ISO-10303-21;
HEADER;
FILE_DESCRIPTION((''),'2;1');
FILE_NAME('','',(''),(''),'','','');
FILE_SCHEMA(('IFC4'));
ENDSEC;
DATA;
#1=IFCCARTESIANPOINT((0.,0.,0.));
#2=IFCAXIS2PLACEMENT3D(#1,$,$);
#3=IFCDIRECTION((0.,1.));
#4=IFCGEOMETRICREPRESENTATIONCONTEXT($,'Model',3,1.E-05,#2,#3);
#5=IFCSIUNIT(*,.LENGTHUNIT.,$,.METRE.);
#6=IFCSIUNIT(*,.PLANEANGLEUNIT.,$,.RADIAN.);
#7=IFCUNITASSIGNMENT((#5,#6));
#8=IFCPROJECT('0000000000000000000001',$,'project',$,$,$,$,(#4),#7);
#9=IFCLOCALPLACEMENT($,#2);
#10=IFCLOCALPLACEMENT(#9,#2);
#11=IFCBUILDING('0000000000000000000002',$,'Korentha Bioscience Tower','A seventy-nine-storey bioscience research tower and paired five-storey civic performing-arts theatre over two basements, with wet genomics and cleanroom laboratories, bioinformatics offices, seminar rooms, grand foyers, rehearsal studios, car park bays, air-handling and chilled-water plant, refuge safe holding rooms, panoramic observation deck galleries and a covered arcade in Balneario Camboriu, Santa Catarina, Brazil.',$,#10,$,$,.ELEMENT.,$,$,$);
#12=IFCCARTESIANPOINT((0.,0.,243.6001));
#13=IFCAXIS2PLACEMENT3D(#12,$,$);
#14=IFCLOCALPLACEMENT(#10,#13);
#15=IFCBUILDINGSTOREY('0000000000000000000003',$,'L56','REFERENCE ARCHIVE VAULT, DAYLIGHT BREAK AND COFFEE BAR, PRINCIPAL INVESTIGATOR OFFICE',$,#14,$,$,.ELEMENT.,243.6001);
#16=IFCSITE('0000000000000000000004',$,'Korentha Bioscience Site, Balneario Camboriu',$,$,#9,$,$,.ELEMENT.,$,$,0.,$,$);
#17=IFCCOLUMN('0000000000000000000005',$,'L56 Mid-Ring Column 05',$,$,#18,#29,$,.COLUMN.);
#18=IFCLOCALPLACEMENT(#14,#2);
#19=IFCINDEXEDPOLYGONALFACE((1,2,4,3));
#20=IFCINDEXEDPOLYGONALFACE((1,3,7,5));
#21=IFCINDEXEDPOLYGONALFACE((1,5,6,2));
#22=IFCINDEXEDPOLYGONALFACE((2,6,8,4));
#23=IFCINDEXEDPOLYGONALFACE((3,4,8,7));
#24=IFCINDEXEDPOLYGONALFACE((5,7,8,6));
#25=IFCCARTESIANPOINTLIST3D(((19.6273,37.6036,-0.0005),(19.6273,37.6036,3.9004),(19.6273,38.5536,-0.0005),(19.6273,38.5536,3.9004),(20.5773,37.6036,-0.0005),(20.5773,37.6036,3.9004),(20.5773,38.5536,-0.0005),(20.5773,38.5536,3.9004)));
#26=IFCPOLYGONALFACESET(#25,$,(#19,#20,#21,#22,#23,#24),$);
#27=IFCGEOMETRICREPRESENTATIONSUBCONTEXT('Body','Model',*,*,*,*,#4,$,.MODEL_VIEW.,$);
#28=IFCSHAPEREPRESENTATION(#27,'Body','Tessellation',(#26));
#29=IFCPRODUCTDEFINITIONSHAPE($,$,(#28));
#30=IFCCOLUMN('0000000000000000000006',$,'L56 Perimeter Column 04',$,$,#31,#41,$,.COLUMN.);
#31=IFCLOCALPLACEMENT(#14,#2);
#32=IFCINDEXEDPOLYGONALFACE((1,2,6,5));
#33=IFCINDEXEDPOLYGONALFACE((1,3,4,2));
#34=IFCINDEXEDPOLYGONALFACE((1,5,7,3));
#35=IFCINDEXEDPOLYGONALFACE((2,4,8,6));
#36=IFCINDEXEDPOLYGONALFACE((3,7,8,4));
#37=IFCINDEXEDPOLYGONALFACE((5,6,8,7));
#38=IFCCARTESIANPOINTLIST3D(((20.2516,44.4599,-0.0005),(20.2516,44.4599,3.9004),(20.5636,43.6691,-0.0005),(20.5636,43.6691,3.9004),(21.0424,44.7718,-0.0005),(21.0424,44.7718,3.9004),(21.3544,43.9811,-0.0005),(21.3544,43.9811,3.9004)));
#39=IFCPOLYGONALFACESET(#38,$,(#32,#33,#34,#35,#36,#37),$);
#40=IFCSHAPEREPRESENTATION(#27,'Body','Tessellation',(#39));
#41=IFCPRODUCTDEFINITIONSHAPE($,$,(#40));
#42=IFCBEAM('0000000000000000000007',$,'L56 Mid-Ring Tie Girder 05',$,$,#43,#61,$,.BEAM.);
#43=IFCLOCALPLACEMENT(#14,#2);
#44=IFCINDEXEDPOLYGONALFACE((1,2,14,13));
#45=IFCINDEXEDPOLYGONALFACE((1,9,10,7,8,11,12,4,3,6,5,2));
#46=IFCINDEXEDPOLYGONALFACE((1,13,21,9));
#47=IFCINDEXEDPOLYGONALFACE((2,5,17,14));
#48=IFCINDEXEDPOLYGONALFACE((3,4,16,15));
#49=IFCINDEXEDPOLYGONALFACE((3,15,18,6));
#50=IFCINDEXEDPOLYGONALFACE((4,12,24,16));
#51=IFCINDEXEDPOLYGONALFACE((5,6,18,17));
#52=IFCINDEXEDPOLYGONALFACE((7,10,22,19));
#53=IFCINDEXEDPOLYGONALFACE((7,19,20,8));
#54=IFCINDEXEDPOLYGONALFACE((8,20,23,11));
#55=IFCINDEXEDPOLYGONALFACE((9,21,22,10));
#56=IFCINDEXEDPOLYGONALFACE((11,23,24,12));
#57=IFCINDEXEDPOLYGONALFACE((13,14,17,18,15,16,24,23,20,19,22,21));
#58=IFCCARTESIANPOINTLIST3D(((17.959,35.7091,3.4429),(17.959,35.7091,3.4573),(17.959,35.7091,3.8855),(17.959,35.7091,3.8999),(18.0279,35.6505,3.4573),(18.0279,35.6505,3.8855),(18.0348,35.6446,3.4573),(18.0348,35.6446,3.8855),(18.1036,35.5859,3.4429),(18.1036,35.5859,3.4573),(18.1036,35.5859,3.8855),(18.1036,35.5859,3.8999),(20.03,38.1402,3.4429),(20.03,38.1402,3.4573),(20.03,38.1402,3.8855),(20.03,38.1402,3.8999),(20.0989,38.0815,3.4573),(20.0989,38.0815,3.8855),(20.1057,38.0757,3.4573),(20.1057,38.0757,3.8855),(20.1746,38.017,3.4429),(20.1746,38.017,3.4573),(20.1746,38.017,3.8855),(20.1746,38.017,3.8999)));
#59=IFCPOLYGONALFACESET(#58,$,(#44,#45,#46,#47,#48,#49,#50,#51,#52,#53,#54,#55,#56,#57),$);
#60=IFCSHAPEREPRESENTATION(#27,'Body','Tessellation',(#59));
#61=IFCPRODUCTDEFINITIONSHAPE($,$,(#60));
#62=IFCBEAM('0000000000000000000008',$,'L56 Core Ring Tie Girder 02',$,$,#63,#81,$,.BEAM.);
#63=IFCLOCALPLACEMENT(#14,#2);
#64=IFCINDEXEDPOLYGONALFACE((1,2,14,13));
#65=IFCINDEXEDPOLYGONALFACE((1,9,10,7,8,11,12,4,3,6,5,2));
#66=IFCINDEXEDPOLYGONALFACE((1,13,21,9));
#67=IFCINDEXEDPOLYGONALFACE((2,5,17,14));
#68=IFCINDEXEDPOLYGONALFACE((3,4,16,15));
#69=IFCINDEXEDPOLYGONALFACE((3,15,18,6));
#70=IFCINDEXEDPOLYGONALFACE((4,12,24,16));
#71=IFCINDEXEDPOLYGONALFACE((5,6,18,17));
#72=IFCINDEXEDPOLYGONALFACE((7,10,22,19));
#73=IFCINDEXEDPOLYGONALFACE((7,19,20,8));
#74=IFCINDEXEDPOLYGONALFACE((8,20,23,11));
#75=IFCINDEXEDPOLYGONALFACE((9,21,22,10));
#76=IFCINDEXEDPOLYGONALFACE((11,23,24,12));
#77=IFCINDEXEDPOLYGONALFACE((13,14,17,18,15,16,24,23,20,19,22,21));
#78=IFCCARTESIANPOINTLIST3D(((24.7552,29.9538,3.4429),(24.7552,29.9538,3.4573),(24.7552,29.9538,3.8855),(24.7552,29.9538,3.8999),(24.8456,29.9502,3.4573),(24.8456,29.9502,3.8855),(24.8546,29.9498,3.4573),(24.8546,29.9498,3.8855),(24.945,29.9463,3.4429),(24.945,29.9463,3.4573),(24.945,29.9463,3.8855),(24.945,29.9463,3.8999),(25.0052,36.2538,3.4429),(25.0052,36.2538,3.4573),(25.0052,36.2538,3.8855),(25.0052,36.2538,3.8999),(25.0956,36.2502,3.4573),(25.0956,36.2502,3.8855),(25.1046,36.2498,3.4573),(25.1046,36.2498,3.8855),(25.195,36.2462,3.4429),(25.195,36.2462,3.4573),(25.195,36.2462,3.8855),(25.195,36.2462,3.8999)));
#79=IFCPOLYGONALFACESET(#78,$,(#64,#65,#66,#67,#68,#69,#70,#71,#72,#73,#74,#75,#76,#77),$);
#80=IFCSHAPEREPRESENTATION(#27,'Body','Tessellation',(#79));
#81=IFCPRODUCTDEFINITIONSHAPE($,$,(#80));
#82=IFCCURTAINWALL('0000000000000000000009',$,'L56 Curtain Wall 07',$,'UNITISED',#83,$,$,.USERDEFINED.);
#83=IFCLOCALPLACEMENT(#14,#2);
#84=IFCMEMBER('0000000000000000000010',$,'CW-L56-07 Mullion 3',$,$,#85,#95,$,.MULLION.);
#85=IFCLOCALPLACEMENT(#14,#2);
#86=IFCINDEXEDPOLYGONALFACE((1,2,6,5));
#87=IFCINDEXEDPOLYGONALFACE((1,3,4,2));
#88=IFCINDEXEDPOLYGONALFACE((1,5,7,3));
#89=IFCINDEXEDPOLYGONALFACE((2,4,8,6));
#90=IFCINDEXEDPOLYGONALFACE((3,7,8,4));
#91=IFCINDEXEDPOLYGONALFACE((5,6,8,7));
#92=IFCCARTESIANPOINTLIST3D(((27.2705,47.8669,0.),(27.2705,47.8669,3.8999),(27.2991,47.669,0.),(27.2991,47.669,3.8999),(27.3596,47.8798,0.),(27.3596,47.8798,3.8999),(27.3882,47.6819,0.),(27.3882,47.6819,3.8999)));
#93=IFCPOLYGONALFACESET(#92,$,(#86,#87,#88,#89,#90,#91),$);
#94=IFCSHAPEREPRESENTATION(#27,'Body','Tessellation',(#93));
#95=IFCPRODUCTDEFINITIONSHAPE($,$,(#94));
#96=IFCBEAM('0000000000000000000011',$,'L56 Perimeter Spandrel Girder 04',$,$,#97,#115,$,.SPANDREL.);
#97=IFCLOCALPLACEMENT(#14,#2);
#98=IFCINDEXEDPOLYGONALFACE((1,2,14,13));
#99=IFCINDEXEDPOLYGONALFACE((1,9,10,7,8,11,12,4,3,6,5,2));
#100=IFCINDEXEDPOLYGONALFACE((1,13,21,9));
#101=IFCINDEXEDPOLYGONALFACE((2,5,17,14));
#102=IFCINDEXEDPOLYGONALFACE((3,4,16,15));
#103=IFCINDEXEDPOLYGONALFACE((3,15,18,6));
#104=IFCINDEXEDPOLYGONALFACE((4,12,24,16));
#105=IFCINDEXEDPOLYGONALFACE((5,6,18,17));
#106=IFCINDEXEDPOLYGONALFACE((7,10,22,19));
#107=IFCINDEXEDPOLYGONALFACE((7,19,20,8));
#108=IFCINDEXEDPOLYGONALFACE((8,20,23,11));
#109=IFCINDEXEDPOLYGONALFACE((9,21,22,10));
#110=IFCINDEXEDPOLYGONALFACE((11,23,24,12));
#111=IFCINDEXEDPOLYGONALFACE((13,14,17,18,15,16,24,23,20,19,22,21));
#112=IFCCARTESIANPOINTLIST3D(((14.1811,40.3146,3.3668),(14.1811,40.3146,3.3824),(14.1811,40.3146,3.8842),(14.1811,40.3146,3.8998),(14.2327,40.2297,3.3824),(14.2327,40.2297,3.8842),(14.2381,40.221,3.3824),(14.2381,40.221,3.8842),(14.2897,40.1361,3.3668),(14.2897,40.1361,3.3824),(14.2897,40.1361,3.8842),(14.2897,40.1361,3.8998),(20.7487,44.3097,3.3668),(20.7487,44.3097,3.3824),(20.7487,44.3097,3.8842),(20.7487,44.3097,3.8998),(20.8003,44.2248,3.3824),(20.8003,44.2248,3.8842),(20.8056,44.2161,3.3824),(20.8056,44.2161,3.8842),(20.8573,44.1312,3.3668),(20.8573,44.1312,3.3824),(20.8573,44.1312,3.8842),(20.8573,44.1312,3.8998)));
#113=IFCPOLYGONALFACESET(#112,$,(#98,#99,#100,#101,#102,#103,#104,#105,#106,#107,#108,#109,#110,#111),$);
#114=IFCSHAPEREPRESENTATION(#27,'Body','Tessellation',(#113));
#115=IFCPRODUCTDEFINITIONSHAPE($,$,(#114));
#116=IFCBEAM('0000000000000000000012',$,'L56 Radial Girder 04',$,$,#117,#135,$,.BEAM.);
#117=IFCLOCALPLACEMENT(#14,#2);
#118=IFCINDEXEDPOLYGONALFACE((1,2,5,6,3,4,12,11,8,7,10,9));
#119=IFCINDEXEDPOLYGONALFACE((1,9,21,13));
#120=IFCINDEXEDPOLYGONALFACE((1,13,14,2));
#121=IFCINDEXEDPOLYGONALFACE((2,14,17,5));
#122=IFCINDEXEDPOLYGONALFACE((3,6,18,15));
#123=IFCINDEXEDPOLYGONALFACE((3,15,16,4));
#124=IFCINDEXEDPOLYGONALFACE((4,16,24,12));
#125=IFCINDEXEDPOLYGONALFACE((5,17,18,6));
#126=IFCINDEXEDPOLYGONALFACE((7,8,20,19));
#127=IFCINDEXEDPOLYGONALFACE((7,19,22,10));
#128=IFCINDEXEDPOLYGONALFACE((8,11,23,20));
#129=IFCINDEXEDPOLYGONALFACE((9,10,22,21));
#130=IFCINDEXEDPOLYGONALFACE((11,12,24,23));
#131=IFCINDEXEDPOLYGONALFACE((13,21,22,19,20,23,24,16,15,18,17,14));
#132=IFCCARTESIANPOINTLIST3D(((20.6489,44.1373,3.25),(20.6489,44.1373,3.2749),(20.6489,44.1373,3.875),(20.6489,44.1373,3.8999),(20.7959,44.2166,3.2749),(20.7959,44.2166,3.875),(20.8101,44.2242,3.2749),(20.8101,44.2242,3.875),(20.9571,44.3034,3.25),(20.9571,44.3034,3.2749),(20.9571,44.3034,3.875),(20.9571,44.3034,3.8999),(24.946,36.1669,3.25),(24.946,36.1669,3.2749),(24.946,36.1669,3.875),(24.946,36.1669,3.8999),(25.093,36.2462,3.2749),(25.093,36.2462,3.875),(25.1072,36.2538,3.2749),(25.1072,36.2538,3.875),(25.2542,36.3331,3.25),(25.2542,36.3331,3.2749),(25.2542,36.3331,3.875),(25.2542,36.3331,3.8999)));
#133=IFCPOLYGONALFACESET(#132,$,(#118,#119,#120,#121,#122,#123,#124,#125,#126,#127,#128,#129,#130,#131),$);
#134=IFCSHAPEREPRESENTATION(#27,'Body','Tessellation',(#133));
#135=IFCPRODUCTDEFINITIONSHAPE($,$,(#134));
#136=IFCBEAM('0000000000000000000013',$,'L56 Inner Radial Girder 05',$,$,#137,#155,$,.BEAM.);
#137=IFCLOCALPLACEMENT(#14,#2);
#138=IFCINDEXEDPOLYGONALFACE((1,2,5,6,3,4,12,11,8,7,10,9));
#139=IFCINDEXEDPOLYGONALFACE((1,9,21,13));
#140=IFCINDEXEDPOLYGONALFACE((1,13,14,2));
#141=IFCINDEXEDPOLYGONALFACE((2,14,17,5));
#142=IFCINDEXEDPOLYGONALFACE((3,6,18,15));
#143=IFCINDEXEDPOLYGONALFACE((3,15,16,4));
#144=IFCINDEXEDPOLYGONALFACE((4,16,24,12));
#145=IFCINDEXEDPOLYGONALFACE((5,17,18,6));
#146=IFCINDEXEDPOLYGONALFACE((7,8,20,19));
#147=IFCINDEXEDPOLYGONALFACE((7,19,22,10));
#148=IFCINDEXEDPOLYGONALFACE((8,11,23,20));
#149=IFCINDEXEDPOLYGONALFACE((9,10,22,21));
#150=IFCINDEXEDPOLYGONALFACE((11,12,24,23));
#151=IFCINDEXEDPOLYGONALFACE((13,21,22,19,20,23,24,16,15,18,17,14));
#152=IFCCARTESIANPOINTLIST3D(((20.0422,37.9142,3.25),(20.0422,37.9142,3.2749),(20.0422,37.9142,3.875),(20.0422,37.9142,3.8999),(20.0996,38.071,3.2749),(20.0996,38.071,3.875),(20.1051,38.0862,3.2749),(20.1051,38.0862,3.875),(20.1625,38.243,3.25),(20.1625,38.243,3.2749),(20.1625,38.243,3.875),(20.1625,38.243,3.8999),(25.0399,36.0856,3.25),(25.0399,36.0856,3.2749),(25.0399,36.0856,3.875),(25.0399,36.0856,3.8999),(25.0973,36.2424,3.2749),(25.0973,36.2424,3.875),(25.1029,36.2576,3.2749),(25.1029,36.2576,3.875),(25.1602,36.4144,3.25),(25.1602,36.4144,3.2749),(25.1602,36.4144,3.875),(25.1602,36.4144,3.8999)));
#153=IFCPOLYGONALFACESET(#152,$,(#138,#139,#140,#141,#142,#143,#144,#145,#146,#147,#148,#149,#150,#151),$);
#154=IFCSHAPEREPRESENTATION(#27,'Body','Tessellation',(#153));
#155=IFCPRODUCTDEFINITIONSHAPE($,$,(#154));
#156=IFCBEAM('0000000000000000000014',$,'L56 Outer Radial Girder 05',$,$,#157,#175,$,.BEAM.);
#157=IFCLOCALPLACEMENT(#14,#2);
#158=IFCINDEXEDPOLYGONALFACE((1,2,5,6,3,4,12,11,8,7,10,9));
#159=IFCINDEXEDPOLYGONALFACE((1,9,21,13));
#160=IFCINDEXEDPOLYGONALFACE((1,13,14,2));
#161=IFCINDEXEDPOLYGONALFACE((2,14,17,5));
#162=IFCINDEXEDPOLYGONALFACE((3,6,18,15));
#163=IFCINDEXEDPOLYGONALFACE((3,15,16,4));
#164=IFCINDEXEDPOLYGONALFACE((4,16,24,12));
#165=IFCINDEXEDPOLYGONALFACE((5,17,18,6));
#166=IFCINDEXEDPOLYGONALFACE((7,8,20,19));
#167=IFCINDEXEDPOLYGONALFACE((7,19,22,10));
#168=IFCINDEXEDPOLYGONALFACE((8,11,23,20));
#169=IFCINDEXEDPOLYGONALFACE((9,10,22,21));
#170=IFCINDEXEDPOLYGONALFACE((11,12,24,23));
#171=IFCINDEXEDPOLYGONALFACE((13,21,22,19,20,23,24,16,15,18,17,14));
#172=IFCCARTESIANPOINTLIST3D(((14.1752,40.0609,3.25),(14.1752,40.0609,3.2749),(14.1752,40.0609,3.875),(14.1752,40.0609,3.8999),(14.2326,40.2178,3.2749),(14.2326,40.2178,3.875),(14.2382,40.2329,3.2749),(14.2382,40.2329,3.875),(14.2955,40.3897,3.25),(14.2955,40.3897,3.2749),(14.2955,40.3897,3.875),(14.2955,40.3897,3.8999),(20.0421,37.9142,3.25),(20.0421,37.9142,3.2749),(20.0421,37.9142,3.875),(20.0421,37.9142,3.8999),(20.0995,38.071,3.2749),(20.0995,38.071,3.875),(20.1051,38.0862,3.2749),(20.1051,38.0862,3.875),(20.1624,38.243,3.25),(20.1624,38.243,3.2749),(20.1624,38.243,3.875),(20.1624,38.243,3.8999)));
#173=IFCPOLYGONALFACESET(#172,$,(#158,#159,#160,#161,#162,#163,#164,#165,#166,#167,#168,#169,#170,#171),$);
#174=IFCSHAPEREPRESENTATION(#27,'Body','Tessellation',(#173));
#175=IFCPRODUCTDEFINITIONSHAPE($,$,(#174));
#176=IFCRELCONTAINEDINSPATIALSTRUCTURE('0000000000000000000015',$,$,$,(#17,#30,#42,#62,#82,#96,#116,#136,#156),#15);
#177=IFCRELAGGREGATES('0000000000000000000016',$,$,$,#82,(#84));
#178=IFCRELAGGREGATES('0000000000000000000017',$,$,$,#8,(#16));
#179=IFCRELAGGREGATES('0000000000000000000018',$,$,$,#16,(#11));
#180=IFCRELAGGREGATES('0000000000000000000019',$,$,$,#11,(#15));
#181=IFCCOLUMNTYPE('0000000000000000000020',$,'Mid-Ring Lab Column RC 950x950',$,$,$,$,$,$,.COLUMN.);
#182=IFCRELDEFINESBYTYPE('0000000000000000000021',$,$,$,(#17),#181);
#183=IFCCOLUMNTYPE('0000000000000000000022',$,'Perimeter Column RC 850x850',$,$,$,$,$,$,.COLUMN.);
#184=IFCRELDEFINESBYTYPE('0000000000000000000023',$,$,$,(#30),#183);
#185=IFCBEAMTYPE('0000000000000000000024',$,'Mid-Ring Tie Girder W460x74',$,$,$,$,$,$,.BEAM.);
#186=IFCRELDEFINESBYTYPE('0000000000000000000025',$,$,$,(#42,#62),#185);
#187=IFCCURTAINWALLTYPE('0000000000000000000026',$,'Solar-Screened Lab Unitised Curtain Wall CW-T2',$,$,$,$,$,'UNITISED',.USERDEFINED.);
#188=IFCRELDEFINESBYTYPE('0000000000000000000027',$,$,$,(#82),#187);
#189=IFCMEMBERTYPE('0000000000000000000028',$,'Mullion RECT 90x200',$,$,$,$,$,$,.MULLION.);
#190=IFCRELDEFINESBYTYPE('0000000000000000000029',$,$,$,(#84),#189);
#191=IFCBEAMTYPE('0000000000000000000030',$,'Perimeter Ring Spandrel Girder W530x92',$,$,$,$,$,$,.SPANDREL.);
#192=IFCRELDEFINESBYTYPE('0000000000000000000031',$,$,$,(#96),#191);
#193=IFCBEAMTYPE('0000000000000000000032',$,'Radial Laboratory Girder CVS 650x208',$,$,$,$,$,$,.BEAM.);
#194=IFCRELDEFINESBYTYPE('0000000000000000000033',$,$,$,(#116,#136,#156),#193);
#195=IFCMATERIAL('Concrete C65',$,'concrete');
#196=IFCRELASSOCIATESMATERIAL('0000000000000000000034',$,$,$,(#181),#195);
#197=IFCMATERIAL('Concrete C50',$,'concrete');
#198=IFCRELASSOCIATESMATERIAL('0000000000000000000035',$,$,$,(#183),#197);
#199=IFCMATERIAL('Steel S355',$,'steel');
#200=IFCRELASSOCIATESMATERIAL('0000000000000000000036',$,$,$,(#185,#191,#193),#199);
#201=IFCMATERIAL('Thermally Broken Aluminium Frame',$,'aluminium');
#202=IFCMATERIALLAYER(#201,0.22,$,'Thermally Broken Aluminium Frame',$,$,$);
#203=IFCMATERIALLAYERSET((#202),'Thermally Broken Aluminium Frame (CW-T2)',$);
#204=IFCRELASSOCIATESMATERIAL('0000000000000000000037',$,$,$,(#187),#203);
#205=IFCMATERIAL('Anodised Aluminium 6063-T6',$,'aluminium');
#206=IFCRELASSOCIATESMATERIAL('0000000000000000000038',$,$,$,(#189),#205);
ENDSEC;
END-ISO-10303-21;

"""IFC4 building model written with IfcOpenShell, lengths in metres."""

from ifc_helpers import new_model, si_unit, direction, frame, origin, origin_2d, place, context, subcontext, project, spatial, rectangle, i_section, extrude, material, layer, layer_set, material_profile, profile_set, type_object, element, aggregate, save


model = new_model("IFC4")

# Units and contexts
model_context = context("Model", 3, precision=1e-05, world=origin(), true_north=direction((0.0, 1.0)))
body_context = subcontext(model_context, "Body", "Model", "MODEL_VIEW")
ifc_project = project(units=[si_unit("LENGTHUNIT", "METRE"), si_unit("PLANEANGLEUNIT", "RADIAN")], contexts=[model_context])

# Site, building, storey
site_placement = place(None, origin())
site = spatial("IfcSite", under=ifc_project, at=site_placement, Name="Korentha Bioscience Site, Balneario Camboriu", CompositionType="ELEMENT", RefElevation=0.0)
building_placement = place(site_placement, origin())
building = spatial("IfcBuilding", under=site, at=building_placement, Name="Korentha Bioscience Tower", Description="A seventy-nine-storey bioscience research tower and paired five-storey civic performing-arts theatre over two basements, with wet genomics and cleanroom laboratories, bioinformatics offices, seminar rooms, grand foyers, rehearsal studios, car park bays, air-handling and chilled-water plant, refuge safe holding rooms, panoramic observation deck galleries and a covered arcade in Balneario Camboriu, Santa Catarina, Brazil.", CompositionType="ELEMENT")
storey_placement = place(building_placement, frame((0.0, 0.0, 243.6001)))
storey = spatial("IfcBuildingStorey", under=building, at=storey_placement, Name="L56", Description="REFERENCE ARCHIVE VAULT, DAYLIGHT BREAK AND COFFEE BAR, PRINCIPAL INVESTIGATOR OFFICE", CompositionType="ELEMENT", Elevation=243.6001)

# Columns
ifc_material_1 = material(Name="Concrete C65", Category="concrete")
ifc_material_profile_1 = material_profile(ifc_material_1, rectangle(XDim=0.95, YDim=0.95, at=origin_2d()), Name="Concrete C65")
ifc_profile_set_1 = profile_set([ifc_material_profile_1], Name="Concrete C65 (COL-MR09)")
column_type_1 = type_object("IfcColumnType", Name="Mid-Ring Lab Column RC 950x950", PredefinedType="COLUMN", material=ifc_profile_set_1)
column_1_placement = place(storey_placement, frame((20.1023, 38.0786, -0.0005), z_axis=(0.0, 0.0, 1.0), x_axis=(1.0, 0.0, 0.0)))
element("IfcColumn", 1, at=column_1_placement, inside=storey, type_object=column_type_1, Name="L56 Mid-Ring Column 05", PredefinedType="COLUMN", context=body_context, shape_type="SweptSolid", body=[
    extrude(rectangle(XDim=0.95, YDim=0.95, at=origin_2d()), origin(), (0.0, 0.0, 1.0), 3.9009),
])
ifc_material_2 = material(Name="Concrete C50", Category="concrete")
ifc_material_profile_2 = material_profile(ifc_material_2, rectangle(XDim=0.8501, YDim=0.8501, at=origin_2d()), Name="Concrete C50")
ifc_profile_set_2 = profile_set([ifc_material_profile_2], Name="Concrete C50 (COL-P08)")
column_type_2 = type_object("IfcColumnType", Name="Perimeter Column RC 850x850", PredefinedType="COLUMN", material=ifc_profile_set_2)
column_2_placement = place(storey_placement, frame((20.803, 44.2205, -0.0005), z_axis=(0.0, 0.0, 1.0), x_axis=(0.930226, 0.366988, 0.0)))
element("IfcColumn", 2, at=column_2_placement, inside=storey, type_object=column_type_2, Name="L56 Perimeter Column 04", PredefinedType="COLUMN", context=body_context, shape_type="SweptSolid", body=[
    extrude(rectangle(XDim=0.8501, YDim=0.8501, at=origin_2d()), origin(), (0.0, 0.0, 1.0), 3.9009),
])

# Beams
ifc_material_3 = material(Name="Steel S355", Category="steel")
ifc_material_profile_3 = material_profile(ifc_material_3, i_section(OverallWidth=0.1899, OverallDepth=0.457, WebThickness=0.009, FlangeThickness=0.0144, at=origin_2d()), Name="Steel S355")
ifc_profile_set_3 = profile_set([ifc_material_profile_3], Name="Steel S355 (MB-460)")
beam_type_1 = type_object("IfcBeamType", Name="Mid-Ring Tie Girder W460x74", PredefinedType="BEAM", material=ifc_profile_set_3)
beam_1_placement = place(storey_placement, frame((20.1023, 38.0786, 3.6714), z_axis=(-0.648478, -0.761233, 0.0), x_axis=(0.761233, -0.648478, 0.0)))
element("IfcBeam", 3, at=beam_1_placement, inside=storey, type_object=beam_type_1, Name="L56 Mid-Ring Tie Girder 05", PredefinedType="BEAM", context=body_context, shape_type="SweptSolid", body=[
    extrude(i_section(OverallWidth=0.1899, OverallDepth=0.457, WebThickness=0.009, FlangeThickness=0.0144, at=origin_2d()), origin(), (0.0, 0.0, 1.0), 3.1936),
])
beam_2_placement = place(storey_placement, frame((25.1001, 36.25, 3.6714), z_axis=(-0.039651, -0.999214, 0.0), x_axis=(0.999214, -0.039651, 0.0)))
element("IfcBeam", 4, at=beam_2_placement, inside=storey, type_object=beam_type_1, Name="L56 Core Ring Tie Girder 02", PredefinedType="BEAM", context=body_context, shape_type="SweptSolid", body=[
    extrude(i_section(OverallWidth=0.1899, OverallDepth=0.457, WebThickness=0.009, FlangeThickness=0.0144, at=origin_2d()), origin(), (0.0, 0.0, 1.0), 6.3049),
])

# Curtain wall, member
ifc_material_4 = material(Name="Thermally Broken Aluminium Frame", Category="aluminium")
ifc_layer_1 = layer(ifc_material_4, 0.22, Name="Thermally Broken Aluminium Frame")
ifc_layer_set_1 = layer_set([ifc_layer_1], Name="Thermally Broken Aluminium Frame (CW-T2)")
curtain_wall_type = type_object("IfcCurtainWallType", Name="Solar-Screened Lab Unitised Curtain Wall CW-T2", ElementType="UNITISED", PredefinedType="USERDEFINED", material=ifc_layer_set_1)
curtain_wall_placement = place(storey_placement, origin())
curtain_wall = element("IfcCurtainWall", 5, at=curtain_wall_placement, inside=storey, type_object=curtain_wall_type, Name="L56 Curtain Wall 07", ObjectType="UNITISED", PredefinedType="USERDEFINED")
ifc_material_5 = material(Name="Anodised Aluminium 6063-T6", Category="aluminium")
ifc_material_profile_4 = material_profile(ifc_material_5, rectangle(XDim=0.0901, YDim=0.2, at=origin_2d()), Name="Anodised Aluminium 6063-T6")
ifc_profile_set_4 = profile_set([ifc_material_profile_4], Name="Anodised Aluminium 6063-T6 (CW-MUL)")
member_type_1 = type_object("IfcMemberType", Name="Mullion RECT 90x200", PredefinedType="MULLION", material=ifc_profile_set_4)
member_1_placement = place(storey_placement, frame((27.3293, 47.7744, 0.0), z_axis=(0.0, 0.0, 1.0), x_axis=(-0.989729, -0.142956, 0.0)))
member_1 = element("IfcMember", 6, at=member_1_placement, type_object=member_type_1, Name="CW-L56-07 Mullion 3", PredefinedType="MULLION", context=body_context, shape_type="SweptSolid", body=[
    extrude(rectangle(XDim=0.0901, YDim=0.2, at=origin_2d()), origin(), (0.0, 0.0, 1.0), 3.8999),
])

# Beams
ifc_material_profile_5 = material_profile(ifc_material_3, i_section(OverallWidth=0.209, OverallDepth=0.533, WebThickness=0.0103, FlangeThickness=0.0156, at=origin_2d()), Name="Steel S355")
ifc_profile_set_5 = profile_set([ifc_material_profile_5], Name="Steel S355 (SB-530)")
beam_type_2 = type_object("IfcBeamType", Name="Perimeter Ring Spandrel Girder W530x92", PredefinedType="SPANDREL", material=ifc_profile_set_5)
beam_3_placement = place(storey_placement, frame((20.803, 44.2205, 3.6333), z_axis=(-0.854347, -0.519703, 0.0), x_axis=(0.519703, -0.854347, 0.0)))
element("IfcBeam", 7, at=beam_3_placement, inside=storey, type_object=beam_type_2, Name="L56 Perimeter Spandrel Girder 04", PredefinedType="SPANDREL", context=body_context, shape_type="SweptSolid", body=[
    extrude(i_section(OverallWidth=0.209, OverallDepth=0.533, WebThickness=0.0103, FlangeThickness=0.0156, at=origin_2d()), origin(), (0.0, 0.0, 1.0), 7.6873),
])
ifc_material_profile_6 = material_profile(ifc_material_3, i_section(OverallWidth=0.3501, OverallDepth=0.6499, WebThickness=0.0161, FlangeThickness=0.0249, at=origin_2d()), Name="Steel S355")
ifc_profile_set_6 = profile_set([ifc_material_profile_6], Name="Steel S355 (RB-650)")
beam_type_3 = type_object("IfcBeamType", Name="Radial Laboratory Girder CVS 650x208", PredefinedType="BEAM", material=ifc_profile_set_6)
beam_4_placement = place(storey_placement, frame((25.1001, 36.25, 3.575), z_axis=(-0.474556, 0.880225, 0.0), x_axis=(-0.880225, -0.474556, 0.0)))
element("IfcBeam", 8, at=beam_4_placement, inside=storey, type_object=beam_type_3, Name="L56 Radial Girder 04", PredefinedType="BEAM", context=body_context, shape_type="SweptSolid", body=[
    extrude(i_section(OverallWidth=0.3501, OverallDepth=0.6499, WebThickness=0.0161, FlangeThickness=0.0249, at=origin_2d()), origin(), (0.0, 0.0, 1.0), 9.0549),
])
beam_5_placement = place(storey_placement, frame((25.1001, 36.25, 3.575), z_axis=(-0.939114, 0.343606, 0.0), x_axis=(-0.343606, -0.939114, 0.0)))
element("IfcBeam", 9, at=beam_5_placement, inside=storey, type_object=beam_type_3, Name="L56 Inner Radial Girder 05", PredefinedType="BEAM", context=body_context, shape_type="SweptSolid", body=[
    extrude(i_section(OverallWidth=0.3501, OverallDepth=0.6499, WebThickness=0.0161, FlangeThickness=0.0249, at=origin_2d()), origin(), (0.0, 0.0, 1.0), 5.3218),
])
beam_6_placement = place(storey_placement, frame((20.1023, 38.0786, 3.575), z_axis=(-0.939108, 0.343622, 0.0), x_axis=(-0.343622, -0.939108, 0.0)))
element("IfcBeam", 10, at=beam_6_placement, inside=storey, type_object=beam_type_3, Name="L56 Outer Radial Girder 05", PredefinedType="BEAM", context=body_context, shape_type="SweptSolid", body=[
    extrude(i_section(OverallWidth=0.3501, OverallDepth=0.6499, WebThickness=0.0161, FlangeThickness=0.0249, at=origin_2d()), origin(), (0.0, 0.0, 1.0), 6.2473),
])

aggregate(curtain_wall, [member_1])

save(model, "model.ifc")
